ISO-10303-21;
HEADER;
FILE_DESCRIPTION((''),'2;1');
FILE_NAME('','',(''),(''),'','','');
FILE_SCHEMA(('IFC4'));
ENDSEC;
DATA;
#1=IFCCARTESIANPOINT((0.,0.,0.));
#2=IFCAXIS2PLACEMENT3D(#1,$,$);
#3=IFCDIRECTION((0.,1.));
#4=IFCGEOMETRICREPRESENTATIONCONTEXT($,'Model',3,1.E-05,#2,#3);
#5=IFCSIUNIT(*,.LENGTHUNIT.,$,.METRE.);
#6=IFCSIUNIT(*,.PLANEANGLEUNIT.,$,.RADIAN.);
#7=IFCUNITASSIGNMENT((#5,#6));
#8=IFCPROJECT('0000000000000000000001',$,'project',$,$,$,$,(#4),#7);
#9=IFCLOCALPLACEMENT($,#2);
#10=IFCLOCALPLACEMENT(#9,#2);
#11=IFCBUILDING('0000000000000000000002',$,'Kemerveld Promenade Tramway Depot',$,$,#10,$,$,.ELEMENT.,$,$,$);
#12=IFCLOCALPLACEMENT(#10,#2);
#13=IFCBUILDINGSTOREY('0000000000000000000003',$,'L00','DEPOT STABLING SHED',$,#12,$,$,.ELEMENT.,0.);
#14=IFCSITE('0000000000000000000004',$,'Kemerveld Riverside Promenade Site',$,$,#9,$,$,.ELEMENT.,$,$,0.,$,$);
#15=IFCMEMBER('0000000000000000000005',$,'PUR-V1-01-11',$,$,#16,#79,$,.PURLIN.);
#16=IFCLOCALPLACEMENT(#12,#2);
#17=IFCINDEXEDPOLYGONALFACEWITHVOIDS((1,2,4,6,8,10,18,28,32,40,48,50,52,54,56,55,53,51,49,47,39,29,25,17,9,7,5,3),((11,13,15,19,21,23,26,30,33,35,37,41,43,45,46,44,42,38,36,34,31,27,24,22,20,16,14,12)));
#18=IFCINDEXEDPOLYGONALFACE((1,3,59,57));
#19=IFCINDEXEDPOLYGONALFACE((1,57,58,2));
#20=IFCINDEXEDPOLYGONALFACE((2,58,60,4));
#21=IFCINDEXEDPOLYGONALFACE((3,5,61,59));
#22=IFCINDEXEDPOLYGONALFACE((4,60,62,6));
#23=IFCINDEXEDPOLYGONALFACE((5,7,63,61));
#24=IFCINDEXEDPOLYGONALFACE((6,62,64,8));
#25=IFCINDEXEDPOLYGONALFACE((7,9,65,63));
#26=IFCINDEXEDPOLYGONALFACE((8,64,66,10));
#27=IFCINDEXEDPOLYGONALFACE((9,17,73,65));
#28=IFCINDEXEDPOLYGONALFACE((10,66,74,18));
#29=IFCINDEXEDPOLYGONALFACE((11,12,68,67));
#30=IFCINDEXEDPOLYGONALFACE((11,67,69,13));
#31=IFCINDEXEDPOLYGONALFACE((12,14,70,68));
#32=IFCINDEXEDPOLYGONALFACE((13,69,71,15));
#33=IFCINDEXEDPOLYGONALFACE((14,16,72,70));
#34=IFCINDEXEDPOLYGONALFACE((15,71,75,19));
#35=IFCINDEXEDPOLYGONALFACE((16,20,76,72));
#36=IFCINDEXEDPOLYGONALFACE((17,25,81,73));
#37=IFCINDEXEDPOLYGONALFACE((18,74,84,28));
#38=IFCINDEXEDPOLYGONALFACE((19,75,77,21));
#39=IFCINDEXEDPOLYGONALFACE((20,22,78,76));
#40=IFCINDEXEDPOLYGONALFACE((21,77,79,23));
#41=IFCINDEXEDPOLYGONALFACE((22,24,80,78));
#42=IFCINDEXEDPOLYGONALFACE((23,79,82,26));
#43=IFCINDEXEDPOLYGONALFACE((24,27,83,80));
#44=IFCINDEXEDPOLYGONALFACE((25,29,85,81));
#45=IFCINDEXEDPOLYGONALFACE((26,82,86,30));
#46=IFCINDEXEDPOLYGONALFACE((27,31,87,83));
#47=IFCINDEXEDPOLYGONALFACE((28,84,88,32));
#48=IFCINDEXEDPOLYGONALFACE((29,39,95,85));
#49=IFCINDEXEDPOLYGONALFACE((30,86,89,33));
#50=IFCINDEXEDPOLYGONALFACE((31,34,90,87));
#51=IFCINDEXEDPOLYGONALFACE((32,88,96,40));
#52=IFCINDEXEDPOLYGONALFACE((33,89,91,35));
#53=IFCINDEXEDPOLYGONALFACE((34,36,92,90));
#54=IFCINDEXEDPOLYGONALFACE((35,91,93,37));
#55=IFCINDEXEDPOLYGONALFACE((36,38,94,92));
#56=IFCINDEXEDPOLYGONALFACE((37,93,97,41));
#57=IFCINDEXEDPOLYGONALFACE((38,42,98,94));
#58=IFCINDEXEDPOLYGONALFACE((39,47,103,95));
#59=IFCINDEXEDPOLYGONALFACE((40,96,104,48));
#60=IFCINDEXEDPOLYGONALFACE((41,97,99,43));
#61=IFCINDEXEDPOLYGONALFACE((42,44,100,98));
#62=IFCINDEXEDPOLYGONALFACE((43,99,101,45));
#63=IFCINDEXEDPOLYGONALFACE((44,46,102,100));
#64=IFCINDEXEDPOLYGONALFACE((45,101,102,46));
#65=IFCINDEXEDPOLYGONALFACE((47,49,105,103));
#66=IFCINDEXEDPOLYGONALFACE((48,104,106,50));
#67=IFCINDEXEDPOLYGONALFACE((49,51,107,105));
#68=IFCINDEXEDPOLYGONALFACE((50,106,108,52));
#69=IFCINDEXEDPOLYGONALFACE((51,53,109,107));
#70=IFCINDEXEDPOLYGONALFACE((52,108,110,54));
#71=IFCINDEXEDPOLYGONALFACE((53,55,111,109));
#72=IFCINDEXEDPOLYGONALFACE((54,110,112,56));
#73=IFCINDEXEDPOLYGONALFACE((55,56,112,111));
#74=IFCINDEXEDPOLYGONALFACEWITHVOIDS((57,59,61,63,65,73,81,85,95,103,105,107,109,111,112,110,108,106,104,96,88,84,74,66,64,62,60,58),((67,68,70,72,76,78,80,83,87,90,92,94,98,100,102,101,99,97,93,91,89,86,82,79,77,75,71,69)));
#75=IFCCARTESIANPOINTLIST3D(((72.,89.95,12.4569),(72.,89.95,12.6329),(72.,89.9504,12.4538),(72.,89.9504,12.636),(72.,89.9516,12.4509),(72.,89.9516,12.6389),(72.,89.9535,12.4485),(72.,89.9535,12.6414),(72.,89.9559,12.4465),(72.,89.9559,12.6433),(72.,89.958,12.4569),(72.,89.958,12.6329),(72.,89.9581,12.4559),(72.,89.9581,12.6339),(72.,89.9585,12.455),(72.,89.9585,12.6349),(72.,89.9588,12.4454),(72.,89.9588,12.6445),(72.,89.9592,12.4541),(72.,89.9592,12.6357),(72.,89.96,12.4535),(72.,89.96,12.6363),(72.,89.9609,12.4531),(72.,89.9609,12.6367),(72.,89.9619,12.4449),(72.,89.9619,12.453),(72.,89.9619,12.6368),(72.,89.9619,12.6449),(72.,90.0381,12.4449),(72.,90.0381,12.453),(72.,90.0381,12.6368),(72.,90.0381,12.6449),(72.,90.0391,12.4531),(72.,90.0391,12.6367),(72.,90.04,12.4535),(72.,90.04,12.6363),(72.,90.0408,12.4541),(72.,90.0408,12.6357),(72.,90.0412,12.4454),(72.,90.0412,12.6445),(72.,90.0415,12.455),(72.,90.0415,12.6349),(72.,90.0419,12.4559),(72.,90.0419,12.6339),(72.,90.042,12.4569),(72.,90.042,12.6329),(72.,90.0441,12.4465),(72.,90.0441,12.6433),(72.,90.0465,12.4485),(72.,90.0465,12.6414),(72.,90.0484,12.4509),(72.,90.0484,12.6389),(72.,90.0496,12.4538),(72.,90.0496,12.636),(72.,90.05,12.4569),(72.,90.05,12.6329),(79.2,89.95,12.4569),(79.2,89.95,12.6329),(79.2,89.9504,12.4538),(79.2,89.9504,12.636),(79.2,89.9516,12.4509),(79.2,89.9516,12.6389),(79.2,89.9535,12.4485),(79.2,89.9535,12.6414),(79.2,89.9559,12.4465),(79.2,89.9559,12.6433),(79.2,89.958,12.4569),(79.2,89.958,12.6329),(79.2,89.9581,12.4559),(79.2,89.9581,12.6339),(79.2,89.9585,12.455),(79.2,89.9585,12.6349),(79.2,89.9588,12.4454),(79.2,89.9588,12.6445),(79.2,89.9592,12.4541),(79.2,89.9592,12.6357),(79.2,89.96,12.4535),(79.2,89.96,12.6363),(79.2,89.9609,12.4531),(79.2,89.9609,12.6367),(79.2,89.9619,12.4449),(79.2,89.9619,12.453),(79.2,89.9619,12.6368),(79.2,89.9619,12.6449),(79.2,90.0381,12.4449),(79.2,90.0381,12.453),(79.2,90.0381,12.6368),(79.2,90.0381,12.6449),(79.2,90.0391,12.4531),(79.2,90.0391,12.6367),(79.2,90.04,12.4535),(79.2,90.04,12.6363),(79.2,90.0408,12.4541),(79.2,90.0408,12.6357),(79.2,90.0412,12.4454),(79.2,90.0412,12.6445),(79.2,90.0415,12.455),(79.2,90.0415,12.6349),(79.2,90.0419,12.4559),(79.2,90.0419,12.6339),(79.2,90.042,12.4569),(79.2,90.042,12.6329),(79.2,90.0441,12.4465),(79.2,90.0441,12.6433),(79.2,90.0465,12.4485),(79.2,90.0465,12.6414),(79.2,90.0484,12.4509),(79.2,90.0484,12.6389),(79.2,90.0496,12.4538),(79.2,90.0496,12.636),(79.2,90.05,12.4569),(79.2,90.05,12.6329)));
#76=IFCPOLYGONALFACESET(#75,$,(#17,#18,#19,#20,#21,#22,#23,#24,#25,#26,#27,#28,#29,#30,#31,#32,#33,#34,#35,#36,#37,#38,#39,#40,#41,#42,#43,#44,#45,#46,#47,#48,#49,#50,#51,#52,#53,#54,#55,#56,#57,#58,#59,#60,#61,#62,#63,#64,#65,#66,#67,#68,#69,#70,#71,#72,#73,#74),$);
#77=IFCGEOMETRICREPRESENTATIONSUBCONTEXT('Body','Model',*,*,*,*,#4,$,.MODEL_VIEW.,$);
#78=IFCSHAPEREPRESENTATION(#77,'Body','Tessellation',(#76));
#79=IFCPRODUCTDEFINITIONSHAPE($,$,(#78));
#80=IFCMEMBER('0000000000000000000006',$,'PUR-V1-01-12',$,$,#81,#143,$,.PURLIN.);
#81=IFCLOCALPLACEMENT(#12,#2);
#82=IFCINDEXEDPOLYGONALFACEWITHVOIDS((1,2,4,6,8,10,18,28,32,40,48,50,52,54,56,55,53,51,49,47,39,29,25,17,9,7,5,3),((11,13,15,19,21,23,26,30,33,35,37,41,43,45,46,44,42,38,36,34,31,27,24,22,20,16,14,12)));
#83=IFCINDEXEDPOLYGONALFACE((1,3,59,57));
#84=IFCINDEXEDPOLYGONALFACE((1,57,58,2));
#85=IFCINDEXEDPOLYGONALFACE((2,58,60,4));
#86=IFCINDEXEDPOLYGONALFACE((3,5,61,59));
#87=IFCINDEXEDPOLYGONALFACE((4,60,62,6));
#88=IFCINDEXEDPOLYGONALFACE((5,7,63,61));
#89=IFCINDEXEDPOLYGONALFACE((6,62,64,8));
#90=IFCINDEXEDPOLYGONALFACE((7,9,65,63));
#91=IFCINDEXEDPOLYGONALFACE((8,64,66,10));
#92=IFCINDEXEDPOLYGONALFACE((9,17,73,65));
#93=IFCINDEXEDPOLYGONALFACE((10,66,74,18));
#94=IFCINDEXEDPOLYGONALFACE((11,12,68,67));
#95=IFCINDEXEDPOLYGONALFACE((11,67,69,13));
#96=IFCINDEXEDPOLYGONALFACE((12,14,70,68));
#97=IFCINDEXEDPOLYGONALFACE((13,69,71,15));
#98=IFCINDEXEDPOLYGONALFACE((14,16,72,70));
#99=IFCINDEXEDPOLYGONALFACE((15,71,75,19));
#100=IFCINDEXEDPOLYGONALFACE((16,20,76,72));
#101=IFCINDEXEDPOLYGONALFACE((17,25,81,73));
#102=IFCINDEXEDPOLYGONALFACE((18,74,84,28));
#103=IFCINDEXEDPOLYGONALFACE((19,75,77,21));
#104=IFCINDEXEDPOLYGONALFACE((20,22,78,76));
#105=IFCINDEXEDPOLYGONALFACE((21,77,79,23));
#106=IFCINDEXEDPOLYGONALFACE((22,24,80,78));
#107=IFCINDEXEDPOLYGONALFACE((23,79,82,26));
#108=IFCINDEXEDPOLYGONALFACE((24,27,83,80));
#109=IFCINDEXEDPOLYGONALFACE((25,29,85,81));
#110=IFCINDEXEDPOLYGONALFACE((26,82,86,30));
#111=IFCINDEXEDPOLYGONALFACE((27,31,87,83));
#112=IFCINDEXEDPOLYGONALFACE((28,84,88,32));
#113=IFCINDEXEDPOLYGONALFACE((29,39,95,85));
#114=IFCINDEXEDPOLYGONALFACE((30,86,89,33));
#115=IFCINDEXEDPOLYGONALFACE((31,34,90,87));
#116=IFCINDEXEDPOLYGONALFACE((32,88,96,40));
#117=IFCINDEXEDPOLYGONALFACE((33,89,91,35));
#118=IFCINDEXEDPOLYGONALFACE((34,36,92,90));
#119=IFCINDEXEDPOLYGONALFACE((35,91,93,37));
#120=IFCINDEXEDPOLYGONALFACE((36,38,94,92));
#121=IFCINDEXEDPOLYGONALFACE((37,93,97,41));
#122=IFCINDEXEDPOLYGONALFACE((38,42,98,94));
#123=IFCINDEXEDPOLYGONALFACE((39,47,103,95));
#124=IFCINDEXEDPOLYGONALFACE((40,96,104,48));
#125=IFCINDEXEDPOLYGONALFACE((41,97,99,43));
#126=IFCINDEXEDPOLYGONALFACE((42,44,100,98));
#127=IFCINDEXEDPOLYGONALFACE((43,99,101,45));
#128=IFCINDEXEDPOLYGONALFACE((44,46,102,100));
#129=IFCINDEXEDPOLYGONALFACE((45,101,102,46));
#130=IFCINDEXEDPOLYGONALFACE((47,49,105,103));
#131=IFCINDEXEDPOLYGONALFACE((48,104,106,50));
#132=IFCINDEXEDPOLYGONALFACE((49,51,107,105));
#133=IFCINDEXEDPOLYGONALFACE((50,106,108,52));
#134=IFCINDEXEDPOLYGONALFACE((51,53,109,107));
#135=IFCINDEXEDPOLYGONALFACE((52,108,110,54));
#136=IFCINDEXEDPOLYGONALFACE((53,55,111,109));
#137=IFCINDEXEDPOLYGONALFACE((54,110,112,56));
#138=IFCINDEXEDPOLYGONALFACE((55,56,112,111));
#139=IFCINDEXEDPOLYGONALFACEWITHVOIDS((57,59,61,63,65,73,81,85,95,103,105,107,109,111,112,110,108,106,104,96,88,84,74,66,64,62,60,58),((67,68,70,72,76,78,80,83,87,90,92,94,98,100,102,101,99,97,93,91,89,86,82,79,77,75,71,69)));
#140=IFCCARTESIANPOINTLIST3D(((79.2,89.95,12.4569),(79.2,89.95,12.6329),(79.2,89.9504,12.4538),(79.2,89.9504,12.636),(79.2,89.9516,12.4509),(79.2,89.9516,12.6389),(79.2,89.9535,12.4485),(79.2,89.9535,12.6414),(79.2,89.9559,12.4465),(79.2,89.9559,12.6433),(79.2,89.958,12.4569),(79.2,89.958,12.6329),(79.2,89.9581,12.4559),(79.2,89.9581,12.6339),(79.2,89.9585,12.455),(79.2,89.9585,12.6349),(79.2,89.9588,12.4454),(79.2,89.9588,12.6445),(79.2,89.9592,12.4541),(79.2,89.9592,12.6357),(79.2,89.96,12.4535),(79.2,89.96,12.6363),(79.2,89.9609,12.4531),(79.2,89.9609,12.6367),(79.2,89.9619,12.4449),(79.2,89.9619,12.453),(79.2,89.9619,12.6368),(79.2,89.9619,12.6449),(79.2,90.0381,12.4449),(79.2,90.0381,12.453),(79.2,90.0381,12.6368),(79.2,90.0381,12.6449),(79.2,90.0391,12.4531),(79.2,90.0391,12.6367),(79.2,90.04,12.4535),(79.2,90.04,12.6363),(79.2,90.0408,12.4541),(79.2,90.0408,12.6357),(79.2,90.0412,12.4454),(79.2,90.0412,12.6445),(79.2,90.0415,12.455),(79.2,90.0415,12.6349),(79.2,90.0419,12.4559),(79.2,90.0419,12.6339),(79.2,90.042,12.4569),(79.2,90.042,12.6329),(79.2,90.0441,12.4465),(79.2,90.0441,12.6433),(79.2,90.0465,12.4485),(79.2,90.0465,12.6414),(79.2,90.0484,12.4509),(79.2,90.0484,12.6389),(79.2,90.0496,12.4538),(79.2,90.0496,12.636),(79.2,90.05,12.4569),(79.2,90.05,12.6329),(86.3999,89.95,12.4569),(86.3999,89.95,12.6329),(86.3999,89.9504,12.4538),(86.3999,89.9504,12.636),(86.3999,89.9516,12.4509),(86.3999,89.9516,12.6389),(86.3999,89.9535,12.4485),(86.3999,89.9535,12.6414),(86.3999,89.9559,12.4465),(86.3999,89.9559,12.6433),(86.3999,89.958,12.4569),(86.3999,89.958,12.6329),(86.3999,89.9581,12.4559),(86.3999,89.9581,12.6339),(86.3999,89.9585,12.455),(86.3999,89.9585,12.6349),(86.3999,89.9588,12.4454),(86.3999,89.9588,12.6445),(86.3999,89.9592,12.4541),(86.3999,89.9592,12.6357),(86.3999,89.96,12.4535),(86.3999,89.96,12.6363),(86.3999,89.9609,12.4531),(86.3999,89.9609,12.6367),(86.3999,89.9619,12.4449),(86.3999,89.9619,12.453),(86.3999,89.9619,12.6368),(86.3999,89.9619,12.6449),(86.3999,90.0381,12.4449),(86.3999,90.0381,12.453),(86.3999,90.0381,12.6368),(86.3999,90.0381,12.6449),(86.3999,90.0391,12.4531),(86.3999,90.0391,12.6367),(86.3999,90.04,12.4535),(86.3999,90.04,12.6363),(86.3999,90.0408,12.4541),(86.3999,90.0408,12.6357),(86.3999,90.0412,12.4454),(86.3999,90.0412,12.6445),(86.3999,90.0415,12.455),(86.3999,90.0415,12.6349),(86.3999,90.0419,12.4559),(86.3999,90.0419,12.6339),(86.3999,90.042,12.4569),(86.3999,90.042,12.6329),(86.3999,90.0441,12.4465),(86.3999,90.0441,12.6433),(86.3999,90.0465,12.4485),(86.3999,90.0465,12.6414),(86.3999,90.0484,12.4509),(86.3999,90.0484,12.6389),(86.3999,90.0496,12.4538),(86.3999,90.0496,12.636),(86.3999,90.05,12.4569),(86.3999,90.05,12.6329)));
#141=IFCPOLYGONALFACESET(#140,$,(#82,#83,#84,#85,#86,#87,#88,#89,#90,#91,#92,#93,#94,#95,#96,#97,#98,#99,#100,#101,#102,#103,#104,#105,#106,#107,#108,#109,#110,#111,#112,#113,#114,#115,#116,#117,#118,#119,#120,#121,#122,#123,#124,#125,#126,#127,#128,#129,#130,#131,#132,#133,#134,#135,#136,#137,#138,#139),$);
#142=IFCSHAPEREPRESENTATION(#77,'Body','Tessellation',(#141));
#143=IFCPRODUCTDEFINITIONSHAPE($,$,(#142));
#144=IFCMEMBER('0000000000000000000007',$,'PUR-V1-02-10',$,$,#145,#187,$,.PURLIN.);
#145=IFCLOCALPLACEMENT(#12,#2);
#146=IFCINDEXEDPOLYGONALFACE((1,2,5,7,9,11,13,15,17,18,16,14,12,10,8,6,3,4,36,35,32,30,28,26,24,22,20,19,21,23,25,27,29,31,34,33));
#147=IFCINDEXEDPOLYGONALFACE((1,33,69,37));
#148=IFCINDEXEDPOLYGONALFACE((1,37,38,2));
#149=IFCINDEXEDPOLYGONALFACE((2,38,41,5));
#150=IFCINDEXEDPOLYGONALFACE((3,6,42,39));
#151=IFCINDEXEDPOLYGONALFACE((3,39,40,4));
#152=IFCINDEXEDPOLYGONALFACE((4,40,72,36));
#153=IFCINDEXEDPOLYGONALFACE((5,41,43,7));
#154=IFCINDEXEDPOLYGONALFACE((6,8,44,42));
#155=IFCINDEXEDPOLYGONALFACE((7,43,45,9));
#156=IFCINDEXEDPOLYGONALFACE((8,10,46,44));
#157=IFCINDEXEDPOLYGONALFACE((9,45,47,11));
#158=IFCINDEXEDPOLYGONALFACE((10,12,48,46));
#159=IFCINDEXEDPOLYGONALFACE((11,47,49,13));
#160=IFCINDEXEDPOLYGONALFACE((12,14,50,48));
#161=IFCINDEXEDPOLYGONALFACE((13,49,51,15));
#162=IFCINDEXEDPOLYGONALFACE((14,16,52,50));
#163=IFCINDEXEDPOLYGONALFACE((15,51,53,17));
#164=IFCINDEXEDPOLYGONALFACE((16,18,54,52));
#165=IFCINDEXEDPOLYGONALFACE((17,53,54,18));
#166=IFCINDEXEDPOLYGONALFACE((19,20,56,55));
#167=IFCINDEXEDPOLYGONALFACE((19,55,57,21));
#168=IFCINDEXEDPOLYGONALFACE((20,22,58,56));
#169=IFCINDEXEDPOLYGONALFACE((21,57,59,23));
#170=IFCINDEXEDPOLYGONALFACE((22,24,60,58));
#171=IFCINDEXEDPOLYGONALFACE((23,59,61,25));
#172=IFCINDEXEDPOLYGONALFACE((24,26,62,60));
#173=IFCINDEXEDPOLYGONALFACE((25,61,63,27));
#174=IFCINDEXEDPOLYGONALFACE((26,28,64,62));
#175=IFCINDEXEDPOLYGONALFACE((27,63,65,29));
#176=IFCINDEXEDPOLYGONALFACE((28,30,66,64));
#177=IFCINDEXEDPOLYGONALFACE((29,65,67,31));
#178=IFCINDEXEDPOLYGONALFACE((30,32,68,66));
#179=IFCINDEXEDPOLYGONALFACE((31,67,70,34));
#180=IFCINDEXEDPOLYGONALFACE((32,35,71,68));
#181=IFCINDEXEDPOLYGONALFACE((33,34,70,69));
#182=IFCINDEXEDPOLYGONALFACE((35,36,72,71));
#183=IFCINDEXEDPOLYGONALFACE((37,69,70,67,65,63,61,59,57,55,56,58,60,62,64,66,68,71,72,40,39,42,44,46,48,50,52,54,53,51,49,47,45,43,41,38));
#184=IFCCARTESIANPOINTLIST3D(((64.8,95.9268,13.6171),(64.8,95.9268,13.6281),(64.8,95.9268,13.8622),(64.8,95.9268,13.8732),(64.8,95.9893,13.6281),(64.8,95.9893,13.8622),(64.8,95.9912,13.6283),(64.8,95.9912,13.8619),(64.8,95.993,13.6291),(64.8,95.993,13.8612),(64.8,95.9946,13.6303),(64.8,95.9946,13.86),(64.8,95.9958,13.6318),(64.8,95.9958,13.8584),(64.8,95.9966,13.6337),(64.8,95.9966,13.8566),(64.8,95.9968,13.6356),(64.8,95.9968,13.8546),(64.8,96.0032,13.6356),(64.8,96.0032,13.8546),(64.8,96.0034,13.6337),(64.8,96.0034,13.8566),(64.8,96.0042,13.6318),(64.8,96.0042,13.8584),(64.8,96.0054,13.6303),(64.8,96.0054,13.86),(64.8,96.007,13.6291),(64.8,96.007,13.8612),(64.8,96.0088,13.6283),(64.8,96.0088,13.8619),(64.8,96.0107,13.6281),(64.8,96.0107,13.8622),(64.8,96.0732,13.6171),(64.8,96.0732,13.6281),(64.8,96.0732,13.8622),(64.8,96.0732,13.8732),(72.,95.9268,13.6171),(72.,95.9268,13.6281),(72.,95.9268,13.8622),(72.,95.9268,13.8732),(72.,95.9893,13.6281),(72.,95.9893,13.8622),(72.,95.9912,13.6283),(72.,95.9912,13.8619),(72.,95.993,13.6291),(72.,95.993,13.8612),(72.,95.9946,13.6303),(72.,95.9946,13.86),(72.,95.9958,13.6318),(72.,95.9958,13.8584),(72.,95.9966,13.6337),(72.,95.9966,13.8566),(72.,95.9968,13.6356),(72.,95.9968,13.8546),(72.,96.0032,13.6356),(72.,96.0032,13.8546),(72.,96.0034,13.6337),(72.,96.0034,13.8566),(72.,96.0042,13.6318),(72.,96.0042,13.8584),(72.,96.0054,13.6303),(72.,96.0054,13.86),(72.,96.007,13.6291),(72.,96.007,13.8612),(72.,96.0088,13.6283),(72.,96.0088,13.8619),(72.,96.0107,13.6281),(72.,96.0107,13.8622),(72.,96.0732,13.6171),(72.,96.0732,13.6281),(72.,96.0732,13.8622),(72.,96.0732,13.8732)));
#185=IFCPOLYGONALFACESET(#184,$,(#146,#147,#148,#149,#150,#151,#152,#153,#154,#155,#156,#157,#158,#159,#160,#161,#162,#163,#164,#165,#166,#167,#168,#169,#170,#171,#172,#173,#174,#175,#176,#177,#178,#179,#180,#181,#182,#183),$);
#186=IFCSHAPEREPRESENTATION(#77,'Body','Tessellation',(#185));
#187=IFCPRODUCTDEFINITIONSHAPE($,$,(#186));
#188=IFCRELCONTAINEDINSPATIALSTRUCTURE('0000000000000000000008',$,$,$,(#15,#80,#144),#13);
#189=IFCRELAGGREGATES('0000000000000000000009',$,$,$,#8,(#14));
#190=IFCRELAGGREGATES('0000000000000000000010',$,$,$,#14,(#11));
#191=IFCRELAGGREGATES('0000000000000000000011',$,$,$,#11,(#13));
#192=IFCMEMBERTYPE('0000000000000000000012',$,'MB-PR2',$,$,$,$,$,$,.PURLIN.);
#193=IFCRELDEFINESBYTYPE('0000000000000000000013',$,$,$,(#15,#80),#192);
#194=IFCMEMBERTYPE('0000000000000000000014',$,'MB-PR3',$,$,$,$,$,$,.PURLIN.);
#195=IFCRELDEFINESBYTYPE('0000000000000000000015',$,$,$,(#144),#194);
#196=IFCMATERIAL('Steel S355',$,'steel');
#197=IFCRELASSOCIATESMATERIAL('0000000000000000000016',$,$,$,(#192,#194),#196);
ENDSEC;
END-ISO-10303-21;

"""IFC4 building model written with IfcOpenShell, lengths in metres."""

from ifc_helpers import new_model, si_unit, direction, frame, origin, origin_2d, place, context, subcontext, project, spatial, hollow_rectangle, i_section, extrude, material, material_profile, profile_set, type_object, element, save


model = new_model("IFC4")

# Units and contexts
model_context = context("Model", 3, precision=1e-05, world=origin(), true_north=direction((0.0, 1.0)))
body_context = subcontext(model_context, "Body", "Model", "MODEL_VIEW")
ifc_project = project(units=[si_unit("LENGTHUNIT", "METRE"), si_unit("PLANEANGLEUNIT", "RADIAN")], contexts=[model_context])

# Site, building, storey
site_placement = place(None, origin())
site = spatial("IfcSite", under=ifc_project, at=site_placement, Name="Kemerveld Riverside Promenade Site", CompositionType="ELEMENT", RefElevation=0.0)
building_placement = place(site_placement, origin())
building = spatial("IfcBuilding", under=site, at=building_placement, Name="Kemerveld Promenade Tramway Depot", CompositionType="ELEMENT")
storey_placement = place(building_placement, origin())
storey = spatial("IfcBuildingStorey", under=building, at=storey_placement, Name="L00", Description="DEPOT STABLING SHED", CompositionType="ELEMENT", Elevation=0.0)

# Members
ifc_material_1 = material(Name="Steel S355", Category="steel")
ifc_material_profile_1 = material_profile(ifc_material_1, hollow_rectangle(XDim=0.1001, YDim=0.2, WallThickness=0.0081, InnerFilletRadius=0.0039, OuterFilletRadius=0.012, at=origin_2d()), Name="200x100x8.0 RHS")
ifc_profile_set_1 = profile_set([ifc_material_profile_1], Name="Steel S355")
member_type_1 = type_object("IfcMemberType", Name="MB-PR2", PredefinedType="PURLIN", material=ifc_profile_set_1)
for number, where, z_axis, x_axis, name in (
    (1, (72.0, 90.0, 12.5449), (1.0, 0.0, 0.0), (0.0, 1.0, 0.0), "PUR-V1-01-11"),
    (2, (79.2, 90.0, 12.5449), (1.0, 0.0, 0.0), (0.0, 1.0, 0.0), "PUR-V1-01-12"),
):
    element("IfcMember", number, at=place(storey_placement, frame(where, z_axis=z_axis, x_axis=x_axis)), inside=storey, type_object=member_type_1, Name=name, PredefinedType="PURLIN", context=body_context, shape_type="SweptSolid", body=[
        extrude(hollow_rectangle(XDim=0.1001, YDim=0.2, WallThickness=0.0081, InnerFilletRadius=0.0039, OuterFilletRadius=0.012, at=origin_2d()), origin(), (0.0, 0.0, 1.0), 7.2),
    ])
ifc_material_profile_2 = material_profile(ifc_material_1, i_section(OverallWidth=0.1465, OverallDepth=0.2561, WebThickness=0.0063, FlangeThickness=0.011, FilletRadius=0.0076, at=origin_2d()), Name="254x146x37 UB")
ifc_profile_set_2 = profile_set([ifc_material_profile_2], Name="Steel S355")
member_type_2 = type_object("IfcMemberType", Name="MB-PR3", PredefinedType="PURLIN", material=ifc_profile_set_2)
for number, where, z_axis, x_axis, name in (
    (3, (64.8, 96.0, 13.7451), (1.0, 0.0, 0.0), (0.0, 1.0, 0.0), "PUR-V1-02-10"),
):
    element("IfcMember", number, at=place(storey_placement, frame(where, z_axis=z_axis, x_axis=x_axis)), inside=storey, type_object=member_type_2, Name=name, PredefinedType="PURLIN", context=body_context, shape_type="SweptSolid", body=[
        extrude(i_section(OverallWidth=0.1465, OverallDepth=0.2561, WebThickness=0.0063, FlangeThickness=0.011, FilletRadius=0.0076, at=origin_2d()), origin(), (0.0, 0.0, 1.0), 7.2),
    ])

save(model, "model.ifc")
